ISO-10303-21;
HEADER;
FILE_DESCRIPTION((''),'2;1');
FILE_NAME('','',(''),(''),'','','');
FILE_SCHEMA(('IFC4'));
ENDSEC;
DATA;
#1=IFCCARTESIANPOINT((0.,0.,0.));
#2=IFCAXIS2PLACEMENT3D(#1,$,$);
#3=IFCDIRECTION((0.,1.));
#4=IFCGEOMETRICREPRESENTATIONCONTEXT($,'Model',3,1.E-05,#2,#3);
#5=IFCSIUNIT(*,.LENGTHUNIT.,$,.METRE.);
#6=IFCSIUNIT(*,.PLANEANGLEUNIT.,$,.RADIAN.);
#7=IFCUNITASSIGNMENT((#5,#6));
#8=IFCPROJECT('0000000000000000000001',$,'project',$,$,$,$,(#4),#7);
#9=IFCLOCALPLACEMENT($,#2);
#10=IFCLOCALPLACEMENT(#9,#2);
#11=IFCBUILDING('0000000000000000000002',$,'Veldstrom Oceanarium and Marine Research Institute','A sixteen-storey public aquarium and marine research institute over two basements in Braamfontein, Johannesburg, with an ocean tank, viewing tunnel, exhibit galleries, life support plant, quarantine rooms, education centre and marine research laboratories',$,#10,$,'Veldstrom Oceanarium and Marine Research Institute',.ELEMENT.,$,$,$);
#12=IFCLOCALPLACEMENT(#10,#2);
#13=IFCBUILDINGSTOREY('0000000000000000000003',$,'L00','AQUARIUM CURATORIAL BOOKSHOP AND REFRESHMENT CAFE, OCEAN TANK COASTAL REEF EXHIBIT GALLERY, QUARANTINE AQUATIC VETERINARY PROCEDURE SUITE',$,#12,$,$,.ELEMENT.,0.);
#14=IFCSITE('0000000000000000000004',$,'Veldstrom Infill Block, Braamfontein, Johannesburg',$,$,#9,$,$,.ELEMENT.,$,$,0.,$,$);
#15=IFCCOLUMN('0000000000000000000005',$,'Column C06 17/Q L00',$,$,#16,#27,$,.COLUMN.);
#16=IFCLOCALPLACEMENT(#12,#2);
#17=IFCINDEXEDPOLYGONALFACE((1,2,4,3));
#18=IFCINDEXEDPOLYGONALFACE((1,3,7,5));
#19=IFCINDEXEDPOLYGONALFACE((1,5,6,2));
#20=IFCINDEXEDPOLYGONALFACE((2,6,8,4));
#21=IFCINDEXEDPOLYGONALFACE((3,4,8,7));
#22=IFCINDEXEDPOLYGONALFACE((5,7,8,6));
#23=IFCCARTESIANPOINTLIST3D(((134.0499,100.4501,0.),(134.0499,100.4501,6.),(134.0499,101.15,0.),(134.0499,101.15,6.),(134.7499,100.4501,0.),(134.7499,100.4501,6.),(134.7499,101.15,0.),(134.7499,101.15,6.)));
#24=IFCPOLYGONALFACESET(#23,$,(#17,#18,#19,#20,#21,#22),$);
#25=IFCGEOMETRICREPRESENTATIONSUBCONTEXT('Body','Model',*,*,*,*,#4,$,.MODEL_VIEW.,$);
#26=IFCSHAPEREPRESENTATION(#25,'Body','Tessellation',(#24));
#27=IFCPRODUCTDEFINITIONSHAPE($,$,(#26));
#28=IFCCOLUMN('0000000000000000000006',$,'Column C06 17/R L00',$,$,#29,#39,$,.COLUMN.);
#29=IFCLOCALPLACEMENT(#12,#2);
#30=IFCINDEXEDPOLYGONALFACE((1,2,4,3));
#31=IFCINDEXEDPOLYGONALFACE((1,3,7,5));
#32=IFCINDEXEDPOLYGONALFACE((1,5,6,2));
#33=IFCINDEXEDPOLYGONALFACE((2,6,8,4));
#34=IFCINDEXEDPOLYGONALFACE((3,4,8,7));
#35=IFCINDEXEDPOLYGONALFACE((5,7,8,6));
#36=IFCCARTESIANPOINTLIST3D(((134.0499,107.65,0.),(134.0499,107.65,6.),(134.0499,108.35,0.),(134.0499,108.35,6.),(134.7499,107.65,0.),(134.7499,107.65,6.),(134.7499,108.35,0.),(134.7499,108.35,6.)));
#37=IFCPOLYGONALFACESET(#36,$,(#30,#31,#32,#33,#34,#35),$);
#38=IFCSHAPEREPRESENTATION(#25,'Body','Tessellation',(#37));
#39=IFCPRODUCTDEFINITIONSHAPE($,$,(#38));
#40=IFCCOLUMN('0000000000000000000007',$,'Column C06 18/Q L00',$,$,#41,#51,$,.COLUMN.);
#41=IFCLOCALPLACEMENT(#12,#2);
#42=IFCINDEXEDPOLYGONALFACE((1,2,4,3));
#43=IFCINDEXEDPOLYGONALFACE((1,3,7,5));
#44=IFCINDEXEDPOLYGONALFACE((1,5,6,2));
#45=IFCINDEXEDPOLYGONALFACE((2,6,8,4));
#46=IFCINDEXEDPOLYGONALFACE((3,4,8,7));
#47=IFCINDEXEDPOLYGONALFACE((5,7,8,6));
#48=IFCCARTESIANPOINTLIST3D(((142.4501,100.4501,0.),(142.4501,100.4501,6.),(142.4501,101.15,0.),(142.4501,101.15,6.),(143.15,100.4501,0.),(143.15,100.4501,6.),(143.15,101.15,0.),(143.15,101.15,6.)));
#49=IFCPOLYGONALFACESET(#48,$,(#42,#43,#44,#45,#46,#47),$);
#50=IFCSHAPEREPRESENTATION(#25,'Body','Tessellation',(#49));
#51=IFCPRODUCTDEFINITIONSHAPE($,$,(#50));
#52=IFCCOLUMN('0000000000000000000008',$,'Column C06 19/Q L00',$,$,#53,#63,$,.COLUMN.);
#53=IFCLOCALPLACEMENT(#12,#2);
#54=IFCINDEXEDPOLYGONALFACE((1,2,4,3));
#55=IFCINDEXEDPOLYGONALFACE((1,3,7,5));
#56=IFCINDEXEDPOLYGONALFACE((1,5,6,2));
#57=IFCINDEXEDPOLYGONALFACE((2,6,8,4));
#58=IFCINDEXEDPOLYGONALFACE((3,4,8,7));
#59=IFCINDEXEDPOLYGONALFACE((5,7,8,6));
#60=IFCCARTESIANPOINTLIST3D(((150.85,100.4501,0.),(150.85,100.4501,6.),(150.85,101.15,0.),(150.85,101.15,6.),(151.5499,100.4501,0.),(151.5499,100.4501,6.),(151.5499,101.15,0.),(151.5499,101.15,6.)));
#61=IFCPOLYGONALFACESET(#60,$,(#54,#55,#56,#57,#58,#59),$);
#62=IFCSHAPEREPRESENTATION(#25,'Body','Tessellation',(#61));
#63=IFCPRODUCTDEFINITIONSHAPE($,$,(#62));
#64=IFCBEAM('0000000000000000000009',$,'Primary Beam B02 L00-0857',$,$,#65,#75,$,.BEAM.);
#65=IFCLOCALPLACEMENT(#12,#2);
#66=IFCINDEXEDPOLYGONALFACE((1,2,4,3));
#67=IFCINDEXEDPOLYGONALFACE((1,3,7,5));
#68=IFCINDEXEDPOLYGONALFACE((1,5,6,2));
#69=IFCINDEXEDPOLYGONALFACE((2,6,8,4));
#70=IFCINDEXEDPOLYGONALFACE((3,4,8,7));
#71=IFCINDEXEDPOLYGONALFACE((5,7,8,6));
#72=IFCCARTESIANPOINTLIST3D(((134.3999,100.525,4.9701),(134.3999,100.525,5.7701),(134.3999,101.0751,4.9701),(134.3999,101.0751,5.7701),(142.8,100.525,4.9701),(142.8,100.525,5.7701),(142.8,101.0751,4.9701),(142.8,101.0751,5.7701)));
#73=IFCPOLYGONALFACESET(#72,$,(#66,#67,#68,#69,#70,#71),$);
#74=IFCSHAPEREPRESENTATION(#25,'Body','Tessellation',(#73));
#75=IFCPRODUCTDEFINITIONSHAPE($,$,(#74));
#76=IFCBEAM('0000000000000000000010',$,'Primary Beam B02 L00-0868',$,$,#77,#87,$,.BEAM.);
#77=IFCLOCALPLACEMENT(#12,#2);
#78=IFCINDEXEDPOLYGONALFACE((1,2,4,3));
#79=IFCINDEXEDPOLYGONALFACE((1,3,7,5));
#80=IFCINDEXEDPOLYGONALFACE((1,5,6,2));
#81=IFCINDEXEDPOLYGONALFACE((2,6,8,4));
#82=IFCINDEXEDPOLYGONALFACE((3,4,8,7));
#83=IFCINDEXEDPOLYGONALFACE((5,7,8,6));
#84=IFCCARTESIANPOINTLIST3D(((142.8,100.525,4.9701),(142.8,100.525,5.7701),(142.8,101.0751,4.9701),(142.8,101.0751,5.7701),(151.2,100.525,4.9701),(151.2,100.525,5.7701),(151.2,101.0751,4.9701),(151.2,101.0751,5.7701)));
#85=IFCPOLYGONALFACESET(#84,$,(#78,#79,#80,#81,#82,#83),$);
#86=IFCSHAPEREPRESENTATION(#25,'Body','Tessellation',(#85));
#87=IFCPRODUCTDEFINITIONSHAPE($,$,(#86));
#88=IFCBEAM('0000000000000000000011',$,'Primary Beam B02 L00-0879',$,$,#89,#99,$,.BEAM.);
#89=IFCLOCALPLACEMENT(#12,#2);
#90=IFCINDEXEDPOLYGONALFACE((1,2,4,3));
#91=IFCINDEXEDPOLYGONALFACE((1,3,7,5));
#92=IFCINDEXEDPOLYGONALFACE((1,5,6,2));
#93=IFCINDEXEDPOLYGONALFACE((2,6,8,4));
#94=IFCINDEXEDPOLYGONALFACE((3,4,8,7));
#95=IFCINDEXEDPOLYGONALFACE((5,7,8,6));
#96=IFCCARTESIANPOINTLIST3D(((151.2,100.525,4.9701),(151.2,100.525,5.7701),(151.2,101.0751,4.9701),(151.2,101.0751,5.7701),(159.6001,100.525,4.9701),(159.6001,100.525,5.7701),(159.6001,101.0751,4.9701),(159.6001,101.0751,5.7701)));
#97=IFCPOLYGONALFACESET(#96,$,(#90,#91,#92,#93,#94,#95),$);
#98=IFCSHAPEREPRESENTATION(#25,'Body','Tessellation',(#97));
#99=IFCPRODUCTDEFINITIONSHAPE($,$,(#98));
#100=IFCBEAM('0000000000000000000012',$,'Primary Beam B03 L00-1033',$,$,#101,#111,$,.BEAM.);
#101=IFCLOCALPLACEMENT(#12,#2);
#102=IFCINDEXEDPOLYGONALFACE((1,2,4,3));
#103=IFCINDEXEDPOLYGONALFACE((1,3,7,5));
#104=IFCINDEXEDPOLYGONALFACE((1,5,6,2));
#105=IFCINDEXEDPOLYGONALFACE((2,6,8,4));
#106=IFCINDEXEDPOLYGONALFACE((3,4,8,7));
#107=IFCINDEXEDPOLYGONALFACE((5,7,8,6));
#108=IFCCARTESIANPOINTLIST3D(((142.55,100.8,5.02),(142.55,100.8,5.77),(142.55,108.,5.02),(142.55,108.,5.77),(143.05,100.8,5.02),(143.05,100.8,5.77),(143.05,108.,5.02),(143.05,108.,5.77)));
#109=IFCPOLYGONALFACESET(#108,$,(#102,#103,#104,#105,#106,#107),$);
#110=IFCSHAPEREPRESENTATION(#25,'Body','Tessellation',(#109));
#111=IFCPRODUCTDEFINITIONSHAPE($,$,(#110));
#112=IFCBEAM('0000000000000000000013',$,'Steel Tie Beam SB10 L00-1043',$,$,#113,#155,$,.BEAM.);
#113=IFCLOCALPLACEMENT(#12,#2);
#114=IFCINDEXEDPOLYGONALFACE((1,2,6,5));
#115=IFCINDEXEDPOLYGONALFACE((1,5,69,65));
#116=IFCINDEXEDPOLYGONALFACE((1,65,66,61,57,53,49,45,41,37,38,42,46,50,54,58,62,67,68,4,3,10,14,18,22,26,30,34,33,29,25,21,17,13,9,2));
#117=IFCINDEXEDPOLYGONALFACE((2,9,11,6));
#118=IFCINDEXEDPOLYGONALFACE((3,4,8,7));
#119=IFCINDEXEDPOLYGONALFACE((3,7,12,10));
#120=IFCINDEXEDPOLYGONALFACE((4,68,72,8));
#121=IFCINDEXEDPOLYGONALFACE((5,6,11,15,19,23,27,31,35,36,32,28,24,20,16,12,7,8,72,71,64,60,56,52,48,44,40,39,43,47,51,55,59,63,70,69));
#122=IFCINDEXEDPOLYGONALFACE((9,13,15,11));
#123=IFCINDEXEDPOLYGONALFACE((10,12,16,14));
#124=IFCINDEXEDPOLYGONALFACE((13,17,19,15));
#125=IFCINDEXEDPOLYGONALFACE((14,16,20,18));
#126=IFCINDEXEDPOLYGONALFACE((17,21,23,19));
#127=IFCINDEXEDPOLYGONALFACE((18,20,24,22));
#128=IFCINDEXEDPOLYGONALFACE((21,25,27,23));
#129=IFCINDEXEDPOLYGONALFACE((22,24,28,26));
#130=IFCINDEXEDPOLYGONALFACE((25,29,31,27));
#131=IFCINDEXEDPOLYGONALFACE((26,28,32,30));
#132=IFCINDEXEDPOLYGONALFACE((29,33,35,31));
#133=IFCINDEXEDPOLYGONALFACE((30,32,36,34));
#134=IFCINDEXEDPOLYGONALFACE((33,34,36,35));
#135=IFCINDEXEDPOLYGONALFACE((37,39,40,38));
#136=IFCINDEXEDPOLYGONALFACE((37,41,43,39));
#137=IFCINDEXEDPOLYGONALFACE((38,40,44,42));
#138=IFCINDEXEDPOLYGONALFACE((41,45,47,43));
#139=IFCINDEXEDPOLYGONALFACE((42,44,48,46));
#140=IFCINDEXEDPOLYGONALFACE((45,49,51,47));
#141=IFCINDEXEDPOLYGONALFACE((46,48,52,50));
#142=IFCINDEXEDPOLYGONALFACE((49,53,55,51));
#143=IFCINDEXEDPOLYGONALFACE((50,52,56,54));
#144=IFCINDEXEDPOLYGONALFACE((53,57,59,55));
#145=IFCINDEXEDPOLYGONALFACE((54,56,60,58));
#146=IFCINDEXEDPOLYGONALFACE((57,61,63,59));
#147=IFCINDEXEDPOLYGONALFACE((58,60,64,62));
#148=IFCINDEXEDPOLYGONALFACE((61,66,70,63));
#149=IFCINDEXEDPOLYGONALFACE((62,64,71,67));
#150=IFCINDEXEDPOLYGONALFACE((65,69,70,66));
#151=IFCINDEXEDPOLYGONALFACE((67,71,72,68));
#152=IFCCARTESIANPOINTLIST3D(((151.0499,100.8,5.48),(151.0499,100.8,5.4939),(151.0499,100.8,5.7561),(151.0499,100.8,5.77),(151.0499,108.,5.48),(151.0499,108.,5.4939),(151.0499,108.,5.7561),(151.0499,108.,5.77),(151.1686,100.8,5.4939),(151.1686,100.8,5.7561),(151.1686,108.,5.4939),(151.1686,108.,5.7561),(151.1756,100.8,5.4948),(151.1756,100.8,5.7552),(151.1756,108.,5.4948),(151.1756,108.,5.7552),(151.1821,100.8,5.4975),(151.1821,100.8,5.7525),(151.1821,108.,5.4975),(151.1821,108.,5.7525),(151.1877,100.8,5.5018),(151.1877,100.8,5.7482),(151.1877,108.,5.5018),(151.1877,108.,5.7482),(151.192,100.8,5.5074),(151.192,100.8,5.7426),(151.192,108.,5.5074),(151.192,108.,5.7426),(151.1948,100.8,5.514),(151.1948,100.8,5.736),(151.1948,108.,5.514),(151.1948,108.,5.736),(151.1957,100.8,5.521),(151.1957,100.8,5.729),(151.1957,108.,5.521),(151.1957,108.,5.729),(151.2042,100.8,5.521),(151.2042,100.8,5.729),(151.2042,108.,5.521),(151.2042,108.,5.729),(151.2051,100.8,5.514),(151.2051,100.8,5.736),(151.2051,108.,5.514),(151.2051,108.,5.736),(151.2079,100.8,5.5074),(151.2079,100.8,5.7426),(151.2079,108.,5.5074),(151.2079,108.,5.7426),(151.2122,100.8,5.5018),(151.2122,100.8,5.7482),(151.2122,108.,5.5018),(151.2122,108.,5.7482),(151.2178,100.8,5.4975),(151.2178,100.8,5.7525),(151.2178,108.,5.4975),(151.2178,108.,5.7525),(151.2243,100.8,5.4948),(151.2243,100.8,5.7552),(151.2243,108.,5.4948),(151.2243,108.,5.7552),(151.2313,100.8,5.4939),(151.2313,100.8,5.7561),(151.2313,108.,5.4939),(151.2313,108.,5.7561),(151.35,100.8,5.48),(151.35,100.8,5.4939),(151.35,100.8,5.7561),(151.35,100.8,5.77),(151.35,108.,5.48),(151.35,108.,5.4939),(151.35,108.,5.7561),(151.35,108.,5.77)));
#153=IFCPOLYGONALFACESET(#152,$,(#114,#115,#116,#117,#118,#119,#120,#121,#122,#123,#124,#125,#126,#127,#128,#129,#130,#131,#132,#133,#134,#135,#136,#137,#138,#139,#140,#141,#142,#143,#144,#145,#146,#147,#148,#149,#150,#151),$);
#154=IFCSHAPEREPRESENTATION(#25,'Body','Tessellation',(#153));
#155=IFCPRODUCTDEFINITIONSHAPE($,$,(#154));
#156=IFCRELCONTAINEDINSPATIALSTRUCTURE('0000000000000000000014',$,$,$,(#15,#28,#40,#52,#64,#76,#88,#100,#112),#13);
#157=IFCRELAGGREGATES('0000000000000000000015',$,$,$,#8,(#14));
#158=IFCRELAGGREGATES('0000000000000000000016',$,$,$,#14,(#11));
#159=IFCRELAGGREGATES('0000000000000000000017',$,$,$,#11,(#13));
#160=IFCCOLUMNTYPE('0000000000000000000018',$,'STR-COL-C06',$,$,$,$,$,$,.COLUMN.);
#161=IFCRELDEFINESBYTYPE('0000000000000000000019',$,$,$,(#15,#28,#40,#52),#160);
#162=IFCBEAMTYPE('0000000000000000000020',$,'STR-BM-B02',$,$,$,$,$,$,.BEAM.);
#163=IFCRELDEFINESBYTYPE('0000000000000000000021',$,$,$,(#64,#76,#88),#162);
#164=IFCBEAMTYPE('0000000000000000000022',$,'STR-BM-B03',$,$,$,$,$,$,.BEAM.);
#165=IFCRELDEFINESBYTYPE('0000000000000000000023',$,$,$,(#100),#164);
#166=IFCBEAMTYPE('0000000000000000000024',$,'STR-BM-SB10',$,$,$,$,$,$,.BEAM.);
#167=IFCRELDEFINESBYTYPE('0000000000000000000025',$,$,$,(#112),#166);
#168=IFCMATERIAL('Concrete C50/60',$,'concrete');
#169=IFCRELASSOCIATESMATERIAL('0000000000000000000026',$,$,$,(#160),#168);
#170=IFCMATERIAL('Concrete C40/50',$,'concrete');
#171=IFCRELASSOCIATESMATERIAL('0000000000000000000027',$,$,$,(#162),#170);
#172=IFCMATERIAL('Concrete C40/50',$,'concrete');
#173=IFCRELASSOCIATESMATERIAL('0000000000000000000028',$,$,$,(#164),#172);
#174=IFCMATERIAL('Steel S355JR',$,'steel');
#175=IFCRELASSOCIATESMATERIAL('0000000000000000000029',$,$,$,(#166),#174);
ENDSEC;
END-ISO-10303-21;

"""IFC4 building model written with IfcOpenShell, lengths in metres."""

from ifc_helpers import new_model, si_unit, direction, frame, origin, origin_2d, place, context, subcontext, project, spatial, rectangle, i_section, extrude, material, material_profile, profile_set, type_object, element, save


model = new_model("IFC4")

# Units and contexts
model_context = context("Model", 3, precision=1e-05, world=origin(), true_north=direction((0.0, 1.0)))
body_context = subcontext(model_context, "Body", "Model", "MODEL_VIEW")
ifc_project = project(units=[si_unit("LENGTHUNIT", "METRE"), si_unit("PLANEANGLEUNIT", "RADIAN")], contexts=[model_context])

# Site, building, storey
site_placement = place(None, origin())
site = spatial("IfcSite", under=ifc_project, at=site_placement, Name="Veldstrom Infill Block, Braamfontein, Johannesburg", CompositionType="ELEMENT", RefElevation=0.0)
building_placement = place(site_placement, origin())
building = spatial("IfcBuilding", under=site, at=building_placement, Name="Veldstrom Oceanarium and Marine Research Institute", Description="A sixteen-storey public aquarium and marine research institute over two basements in Braamfontein, Johannesburg, with an ocean tank, viewing tunnel, exhibit galleries, life support plant, quarantine rooms, education centre and marine research laboratories", LongName="Veldstrom Oceanarium and Marine Research Institute", CompositionType="ELEMENT")
storey_placement = place(building_placement, origin())
storey = spatial("IfcBuildingStorey", under=building, at=storey_placement, Name="L00", Description="AQUARIUM CURATORIAL BOOKSHOP AND REFRESHMENT CAFE, OCEAN TANK COASTAL REEF EXHIBIT GALLERY, QUARANTINE AQUATIC VETERINARY PROCEDURE SUITE", CompositionType="ELEMENT", Elevation=0.0)

# Columns
ifc_material_1 = material(Name="Concrete C50/60", Category="concrete")
ifc_material_profile_1 = material_profile(ifc_material_1, rectangle(XDim=0.7, YDim=0.7, at=origin_2d()), Name="RC-COL-700x700")
ifc_profile_set_1 = profile_set([ifc_material_profile_1], Name="Concrete C50/60")
column_type = type_object("IfcColumnType", Name="STR-COL-C06", PredefinedType="COLUMN", material=ifc_profile_set_1)
for number, where, z_axis, x_axis, name in (
    (1, (134.3999, 100.8, 0.0), (0.0, 0.0, 1.0), (1.0, 0.0, 0.0), "Column C06 17/Q L00"),
    (2, (134.3999, 108.0, 0.0), (0.0, 0.0, 1.0), (1.0, 0.0, 0.0), "Column C06 17/R L00"),
    (3, (142.8, 100.8, 0.0), (0.0, 0.0, 1.0), (1.0, 0.0, 0.0), "Column C06 18/Q L00"),
    (4, (151.2, 100.8, 0.0), (0.0, 0.0, 1.0), (1.0, 0.0, 0.0), "Column C06 19/Q L00"),
):
    element("IfcColumn", number, at=place(storey_placement, frame(where, z_axis=z_axis, x_axis=x_axis)), inside=storey, type_object=column_type, Name=name, PredefinedType="COLUMN", context=body_context, shape_type="SweptSolid", body=[
        extrude(rectangle(XDim=0.7, YDim=0.7, at=origin_2d()), origin(), (0.0, 0.0, 1.0), 6.0),
    ])

# Beams
ifc_material_2 = material(Name="Concrete C40/50", Category="concrete")
ifc_material_profile_2 = material_profile(ifc_material_2, rectangle(XDim=0.55, YDim=0.8, at=origin_2d()), Name="RC-BM-550x800")
ifc_profile_set_2 = profile_set([ifc_material_profile_2], Name="Concrete C40/50")
beam_type_1 = type_object("IfcBeamType", Name="STR-BM-B02", PredefinedType="BEAM", material=ifc_profile_set_2)
beam_1_placement = place(storey_placement, frame((134.3999, 100.8, 5.3701), z_axis=(1.0, 0.0, 0.0), x_axis=(0.0, 1.0, 0.0)))
element("IfcBeam", 5, at=beam_1_placement, inside=storey, type_object=beam_type_1, Name="Primary Beam B02 L00-0857", PredefinedType="BEAM", context=body_context, shape_type="SweptSolid", body=[
    extrude(rectangle(XDim=0.55, YDim=0.8, at=origin_2d()), origin(), (0.0, 0.0, 1.0), 8.4001),
])
beam_2_placement = place(storey_placement, frame((142.8, 100.8, 5.3701), z_axis=(1.0, 0.0, 0.0), x_axis=(0.0, 1.0, 0.0)))
element("IfcBeam", 6, at=beam_2_placement, inside=storey, type_object=beam_type_1, Name="Primary Beam B02 L00-0868", PredefinedType="BEAM", context=body_context, shape_type="SweptSolid", body=[
    extrude(rectangle(XDim=0.55, YDim=0.8, at=origin_2d()), origin(), (0.0, 0.0, 1.0), 8.3999),
])
beam_3_placement = place(storey_placement, frame((151.2, 100.8, 5.3701), z_axis=(1.0, 0.0, 0.0), x_axis=(0.0, 1.0, 0.0)))
element("IfcBeam", 7, at=beam_3_placement, inside=storey, type_object=beam_type_1, Name="Primary Beam B02 L00-0879", PredefinedType="BEAM", context=body_context, shape_type="SweptSolid", body=[
    extrude(rectangle(XDim=0.55, YDim=0.8, at=origin_2d()), origin(), (0.0, 0.0, 1.0), 8.4001),
])
ifc_material_3 = material(Name="Concrete C40/50", Category="concrete")
ifc_material_profile_3 = material_profile(ifc_material_3, rectangle(XDim=0.5, YDim=0.75, at=origin_2d()), Name="RC-BM-500x750")
ifc_profile_set_3 = profile_set([ifc_material_profile_3], Name="Concrete C40/50")
beam_type_2 = type_object("IfcBeamType", Name="STR-BM-B03", PredefinedType="BEAM", material=ifc_profile_set_3)
beam_4_placement = place(storey_placement, frame((142.8, 100.8, 5.395), z_axis=(0.0, 1.0, 0.0), x_axis=(-1.0, 0.0, 0.0)))
element("IfcBeam", 8, at=beam_4_placement, inside=storey, type_object=beam_type_2, Name="Primary Beam B03 L00-1033", PredefinedType="BEAM", context=body_context, shape_type="SweptSolid", body=[
    extrude(rectangle(XDim=0.5, YDim=0.75, at=origin_2d()), origin(), (0.0, 0.0, 1.0), 7.2),
])
ifc_material_4 = material(Name="Steel S355JR", Category="steel")
ifc_material_profile_4 = material_profile(ifc_material_4, i_section(OverallWidth=0.3, OverallDepth=0.29, WebThickness=0.0085, FlangeThickness=0.0139, FilletRadius=0.0271, at=origin_2d()), Name="HEA 300")
ifc_profile_set_4 = profile_set([ifc_material_profile_4], Name="Steel S355JR")
beam_type_3 = type_object("IfcBeamType", Name="STR-BM-SB10", PredefinedType="BEAM", material=ifc_profile_set_4)
beam_5_placement = place(storey_placement, frame((151.2, 100.8, 5.625), z_axis=(0.0, 1.0, 0.0), x_axis=(-1.0, 0.0, 0.0)))
element("IfcBeam", 9, at=beam_5_placement, inside=storey, type_object=beam_type_3, Name="Steel Tie Beam SB10 L00-1043", PredefinedType="BEAM", context=body_context, shape_type="SweptSolid", body=[
    extrude(i_section(OverallWidth=0.3, OverallDepth=0.29, WebThickness=0.0085, FlangeThickness=0.0139, FilletRadius=0.0271, at=origin_2d()), origin(), (0.0, 0.0, 1.0), 7.2),
])

save(model, "model.ifc")
